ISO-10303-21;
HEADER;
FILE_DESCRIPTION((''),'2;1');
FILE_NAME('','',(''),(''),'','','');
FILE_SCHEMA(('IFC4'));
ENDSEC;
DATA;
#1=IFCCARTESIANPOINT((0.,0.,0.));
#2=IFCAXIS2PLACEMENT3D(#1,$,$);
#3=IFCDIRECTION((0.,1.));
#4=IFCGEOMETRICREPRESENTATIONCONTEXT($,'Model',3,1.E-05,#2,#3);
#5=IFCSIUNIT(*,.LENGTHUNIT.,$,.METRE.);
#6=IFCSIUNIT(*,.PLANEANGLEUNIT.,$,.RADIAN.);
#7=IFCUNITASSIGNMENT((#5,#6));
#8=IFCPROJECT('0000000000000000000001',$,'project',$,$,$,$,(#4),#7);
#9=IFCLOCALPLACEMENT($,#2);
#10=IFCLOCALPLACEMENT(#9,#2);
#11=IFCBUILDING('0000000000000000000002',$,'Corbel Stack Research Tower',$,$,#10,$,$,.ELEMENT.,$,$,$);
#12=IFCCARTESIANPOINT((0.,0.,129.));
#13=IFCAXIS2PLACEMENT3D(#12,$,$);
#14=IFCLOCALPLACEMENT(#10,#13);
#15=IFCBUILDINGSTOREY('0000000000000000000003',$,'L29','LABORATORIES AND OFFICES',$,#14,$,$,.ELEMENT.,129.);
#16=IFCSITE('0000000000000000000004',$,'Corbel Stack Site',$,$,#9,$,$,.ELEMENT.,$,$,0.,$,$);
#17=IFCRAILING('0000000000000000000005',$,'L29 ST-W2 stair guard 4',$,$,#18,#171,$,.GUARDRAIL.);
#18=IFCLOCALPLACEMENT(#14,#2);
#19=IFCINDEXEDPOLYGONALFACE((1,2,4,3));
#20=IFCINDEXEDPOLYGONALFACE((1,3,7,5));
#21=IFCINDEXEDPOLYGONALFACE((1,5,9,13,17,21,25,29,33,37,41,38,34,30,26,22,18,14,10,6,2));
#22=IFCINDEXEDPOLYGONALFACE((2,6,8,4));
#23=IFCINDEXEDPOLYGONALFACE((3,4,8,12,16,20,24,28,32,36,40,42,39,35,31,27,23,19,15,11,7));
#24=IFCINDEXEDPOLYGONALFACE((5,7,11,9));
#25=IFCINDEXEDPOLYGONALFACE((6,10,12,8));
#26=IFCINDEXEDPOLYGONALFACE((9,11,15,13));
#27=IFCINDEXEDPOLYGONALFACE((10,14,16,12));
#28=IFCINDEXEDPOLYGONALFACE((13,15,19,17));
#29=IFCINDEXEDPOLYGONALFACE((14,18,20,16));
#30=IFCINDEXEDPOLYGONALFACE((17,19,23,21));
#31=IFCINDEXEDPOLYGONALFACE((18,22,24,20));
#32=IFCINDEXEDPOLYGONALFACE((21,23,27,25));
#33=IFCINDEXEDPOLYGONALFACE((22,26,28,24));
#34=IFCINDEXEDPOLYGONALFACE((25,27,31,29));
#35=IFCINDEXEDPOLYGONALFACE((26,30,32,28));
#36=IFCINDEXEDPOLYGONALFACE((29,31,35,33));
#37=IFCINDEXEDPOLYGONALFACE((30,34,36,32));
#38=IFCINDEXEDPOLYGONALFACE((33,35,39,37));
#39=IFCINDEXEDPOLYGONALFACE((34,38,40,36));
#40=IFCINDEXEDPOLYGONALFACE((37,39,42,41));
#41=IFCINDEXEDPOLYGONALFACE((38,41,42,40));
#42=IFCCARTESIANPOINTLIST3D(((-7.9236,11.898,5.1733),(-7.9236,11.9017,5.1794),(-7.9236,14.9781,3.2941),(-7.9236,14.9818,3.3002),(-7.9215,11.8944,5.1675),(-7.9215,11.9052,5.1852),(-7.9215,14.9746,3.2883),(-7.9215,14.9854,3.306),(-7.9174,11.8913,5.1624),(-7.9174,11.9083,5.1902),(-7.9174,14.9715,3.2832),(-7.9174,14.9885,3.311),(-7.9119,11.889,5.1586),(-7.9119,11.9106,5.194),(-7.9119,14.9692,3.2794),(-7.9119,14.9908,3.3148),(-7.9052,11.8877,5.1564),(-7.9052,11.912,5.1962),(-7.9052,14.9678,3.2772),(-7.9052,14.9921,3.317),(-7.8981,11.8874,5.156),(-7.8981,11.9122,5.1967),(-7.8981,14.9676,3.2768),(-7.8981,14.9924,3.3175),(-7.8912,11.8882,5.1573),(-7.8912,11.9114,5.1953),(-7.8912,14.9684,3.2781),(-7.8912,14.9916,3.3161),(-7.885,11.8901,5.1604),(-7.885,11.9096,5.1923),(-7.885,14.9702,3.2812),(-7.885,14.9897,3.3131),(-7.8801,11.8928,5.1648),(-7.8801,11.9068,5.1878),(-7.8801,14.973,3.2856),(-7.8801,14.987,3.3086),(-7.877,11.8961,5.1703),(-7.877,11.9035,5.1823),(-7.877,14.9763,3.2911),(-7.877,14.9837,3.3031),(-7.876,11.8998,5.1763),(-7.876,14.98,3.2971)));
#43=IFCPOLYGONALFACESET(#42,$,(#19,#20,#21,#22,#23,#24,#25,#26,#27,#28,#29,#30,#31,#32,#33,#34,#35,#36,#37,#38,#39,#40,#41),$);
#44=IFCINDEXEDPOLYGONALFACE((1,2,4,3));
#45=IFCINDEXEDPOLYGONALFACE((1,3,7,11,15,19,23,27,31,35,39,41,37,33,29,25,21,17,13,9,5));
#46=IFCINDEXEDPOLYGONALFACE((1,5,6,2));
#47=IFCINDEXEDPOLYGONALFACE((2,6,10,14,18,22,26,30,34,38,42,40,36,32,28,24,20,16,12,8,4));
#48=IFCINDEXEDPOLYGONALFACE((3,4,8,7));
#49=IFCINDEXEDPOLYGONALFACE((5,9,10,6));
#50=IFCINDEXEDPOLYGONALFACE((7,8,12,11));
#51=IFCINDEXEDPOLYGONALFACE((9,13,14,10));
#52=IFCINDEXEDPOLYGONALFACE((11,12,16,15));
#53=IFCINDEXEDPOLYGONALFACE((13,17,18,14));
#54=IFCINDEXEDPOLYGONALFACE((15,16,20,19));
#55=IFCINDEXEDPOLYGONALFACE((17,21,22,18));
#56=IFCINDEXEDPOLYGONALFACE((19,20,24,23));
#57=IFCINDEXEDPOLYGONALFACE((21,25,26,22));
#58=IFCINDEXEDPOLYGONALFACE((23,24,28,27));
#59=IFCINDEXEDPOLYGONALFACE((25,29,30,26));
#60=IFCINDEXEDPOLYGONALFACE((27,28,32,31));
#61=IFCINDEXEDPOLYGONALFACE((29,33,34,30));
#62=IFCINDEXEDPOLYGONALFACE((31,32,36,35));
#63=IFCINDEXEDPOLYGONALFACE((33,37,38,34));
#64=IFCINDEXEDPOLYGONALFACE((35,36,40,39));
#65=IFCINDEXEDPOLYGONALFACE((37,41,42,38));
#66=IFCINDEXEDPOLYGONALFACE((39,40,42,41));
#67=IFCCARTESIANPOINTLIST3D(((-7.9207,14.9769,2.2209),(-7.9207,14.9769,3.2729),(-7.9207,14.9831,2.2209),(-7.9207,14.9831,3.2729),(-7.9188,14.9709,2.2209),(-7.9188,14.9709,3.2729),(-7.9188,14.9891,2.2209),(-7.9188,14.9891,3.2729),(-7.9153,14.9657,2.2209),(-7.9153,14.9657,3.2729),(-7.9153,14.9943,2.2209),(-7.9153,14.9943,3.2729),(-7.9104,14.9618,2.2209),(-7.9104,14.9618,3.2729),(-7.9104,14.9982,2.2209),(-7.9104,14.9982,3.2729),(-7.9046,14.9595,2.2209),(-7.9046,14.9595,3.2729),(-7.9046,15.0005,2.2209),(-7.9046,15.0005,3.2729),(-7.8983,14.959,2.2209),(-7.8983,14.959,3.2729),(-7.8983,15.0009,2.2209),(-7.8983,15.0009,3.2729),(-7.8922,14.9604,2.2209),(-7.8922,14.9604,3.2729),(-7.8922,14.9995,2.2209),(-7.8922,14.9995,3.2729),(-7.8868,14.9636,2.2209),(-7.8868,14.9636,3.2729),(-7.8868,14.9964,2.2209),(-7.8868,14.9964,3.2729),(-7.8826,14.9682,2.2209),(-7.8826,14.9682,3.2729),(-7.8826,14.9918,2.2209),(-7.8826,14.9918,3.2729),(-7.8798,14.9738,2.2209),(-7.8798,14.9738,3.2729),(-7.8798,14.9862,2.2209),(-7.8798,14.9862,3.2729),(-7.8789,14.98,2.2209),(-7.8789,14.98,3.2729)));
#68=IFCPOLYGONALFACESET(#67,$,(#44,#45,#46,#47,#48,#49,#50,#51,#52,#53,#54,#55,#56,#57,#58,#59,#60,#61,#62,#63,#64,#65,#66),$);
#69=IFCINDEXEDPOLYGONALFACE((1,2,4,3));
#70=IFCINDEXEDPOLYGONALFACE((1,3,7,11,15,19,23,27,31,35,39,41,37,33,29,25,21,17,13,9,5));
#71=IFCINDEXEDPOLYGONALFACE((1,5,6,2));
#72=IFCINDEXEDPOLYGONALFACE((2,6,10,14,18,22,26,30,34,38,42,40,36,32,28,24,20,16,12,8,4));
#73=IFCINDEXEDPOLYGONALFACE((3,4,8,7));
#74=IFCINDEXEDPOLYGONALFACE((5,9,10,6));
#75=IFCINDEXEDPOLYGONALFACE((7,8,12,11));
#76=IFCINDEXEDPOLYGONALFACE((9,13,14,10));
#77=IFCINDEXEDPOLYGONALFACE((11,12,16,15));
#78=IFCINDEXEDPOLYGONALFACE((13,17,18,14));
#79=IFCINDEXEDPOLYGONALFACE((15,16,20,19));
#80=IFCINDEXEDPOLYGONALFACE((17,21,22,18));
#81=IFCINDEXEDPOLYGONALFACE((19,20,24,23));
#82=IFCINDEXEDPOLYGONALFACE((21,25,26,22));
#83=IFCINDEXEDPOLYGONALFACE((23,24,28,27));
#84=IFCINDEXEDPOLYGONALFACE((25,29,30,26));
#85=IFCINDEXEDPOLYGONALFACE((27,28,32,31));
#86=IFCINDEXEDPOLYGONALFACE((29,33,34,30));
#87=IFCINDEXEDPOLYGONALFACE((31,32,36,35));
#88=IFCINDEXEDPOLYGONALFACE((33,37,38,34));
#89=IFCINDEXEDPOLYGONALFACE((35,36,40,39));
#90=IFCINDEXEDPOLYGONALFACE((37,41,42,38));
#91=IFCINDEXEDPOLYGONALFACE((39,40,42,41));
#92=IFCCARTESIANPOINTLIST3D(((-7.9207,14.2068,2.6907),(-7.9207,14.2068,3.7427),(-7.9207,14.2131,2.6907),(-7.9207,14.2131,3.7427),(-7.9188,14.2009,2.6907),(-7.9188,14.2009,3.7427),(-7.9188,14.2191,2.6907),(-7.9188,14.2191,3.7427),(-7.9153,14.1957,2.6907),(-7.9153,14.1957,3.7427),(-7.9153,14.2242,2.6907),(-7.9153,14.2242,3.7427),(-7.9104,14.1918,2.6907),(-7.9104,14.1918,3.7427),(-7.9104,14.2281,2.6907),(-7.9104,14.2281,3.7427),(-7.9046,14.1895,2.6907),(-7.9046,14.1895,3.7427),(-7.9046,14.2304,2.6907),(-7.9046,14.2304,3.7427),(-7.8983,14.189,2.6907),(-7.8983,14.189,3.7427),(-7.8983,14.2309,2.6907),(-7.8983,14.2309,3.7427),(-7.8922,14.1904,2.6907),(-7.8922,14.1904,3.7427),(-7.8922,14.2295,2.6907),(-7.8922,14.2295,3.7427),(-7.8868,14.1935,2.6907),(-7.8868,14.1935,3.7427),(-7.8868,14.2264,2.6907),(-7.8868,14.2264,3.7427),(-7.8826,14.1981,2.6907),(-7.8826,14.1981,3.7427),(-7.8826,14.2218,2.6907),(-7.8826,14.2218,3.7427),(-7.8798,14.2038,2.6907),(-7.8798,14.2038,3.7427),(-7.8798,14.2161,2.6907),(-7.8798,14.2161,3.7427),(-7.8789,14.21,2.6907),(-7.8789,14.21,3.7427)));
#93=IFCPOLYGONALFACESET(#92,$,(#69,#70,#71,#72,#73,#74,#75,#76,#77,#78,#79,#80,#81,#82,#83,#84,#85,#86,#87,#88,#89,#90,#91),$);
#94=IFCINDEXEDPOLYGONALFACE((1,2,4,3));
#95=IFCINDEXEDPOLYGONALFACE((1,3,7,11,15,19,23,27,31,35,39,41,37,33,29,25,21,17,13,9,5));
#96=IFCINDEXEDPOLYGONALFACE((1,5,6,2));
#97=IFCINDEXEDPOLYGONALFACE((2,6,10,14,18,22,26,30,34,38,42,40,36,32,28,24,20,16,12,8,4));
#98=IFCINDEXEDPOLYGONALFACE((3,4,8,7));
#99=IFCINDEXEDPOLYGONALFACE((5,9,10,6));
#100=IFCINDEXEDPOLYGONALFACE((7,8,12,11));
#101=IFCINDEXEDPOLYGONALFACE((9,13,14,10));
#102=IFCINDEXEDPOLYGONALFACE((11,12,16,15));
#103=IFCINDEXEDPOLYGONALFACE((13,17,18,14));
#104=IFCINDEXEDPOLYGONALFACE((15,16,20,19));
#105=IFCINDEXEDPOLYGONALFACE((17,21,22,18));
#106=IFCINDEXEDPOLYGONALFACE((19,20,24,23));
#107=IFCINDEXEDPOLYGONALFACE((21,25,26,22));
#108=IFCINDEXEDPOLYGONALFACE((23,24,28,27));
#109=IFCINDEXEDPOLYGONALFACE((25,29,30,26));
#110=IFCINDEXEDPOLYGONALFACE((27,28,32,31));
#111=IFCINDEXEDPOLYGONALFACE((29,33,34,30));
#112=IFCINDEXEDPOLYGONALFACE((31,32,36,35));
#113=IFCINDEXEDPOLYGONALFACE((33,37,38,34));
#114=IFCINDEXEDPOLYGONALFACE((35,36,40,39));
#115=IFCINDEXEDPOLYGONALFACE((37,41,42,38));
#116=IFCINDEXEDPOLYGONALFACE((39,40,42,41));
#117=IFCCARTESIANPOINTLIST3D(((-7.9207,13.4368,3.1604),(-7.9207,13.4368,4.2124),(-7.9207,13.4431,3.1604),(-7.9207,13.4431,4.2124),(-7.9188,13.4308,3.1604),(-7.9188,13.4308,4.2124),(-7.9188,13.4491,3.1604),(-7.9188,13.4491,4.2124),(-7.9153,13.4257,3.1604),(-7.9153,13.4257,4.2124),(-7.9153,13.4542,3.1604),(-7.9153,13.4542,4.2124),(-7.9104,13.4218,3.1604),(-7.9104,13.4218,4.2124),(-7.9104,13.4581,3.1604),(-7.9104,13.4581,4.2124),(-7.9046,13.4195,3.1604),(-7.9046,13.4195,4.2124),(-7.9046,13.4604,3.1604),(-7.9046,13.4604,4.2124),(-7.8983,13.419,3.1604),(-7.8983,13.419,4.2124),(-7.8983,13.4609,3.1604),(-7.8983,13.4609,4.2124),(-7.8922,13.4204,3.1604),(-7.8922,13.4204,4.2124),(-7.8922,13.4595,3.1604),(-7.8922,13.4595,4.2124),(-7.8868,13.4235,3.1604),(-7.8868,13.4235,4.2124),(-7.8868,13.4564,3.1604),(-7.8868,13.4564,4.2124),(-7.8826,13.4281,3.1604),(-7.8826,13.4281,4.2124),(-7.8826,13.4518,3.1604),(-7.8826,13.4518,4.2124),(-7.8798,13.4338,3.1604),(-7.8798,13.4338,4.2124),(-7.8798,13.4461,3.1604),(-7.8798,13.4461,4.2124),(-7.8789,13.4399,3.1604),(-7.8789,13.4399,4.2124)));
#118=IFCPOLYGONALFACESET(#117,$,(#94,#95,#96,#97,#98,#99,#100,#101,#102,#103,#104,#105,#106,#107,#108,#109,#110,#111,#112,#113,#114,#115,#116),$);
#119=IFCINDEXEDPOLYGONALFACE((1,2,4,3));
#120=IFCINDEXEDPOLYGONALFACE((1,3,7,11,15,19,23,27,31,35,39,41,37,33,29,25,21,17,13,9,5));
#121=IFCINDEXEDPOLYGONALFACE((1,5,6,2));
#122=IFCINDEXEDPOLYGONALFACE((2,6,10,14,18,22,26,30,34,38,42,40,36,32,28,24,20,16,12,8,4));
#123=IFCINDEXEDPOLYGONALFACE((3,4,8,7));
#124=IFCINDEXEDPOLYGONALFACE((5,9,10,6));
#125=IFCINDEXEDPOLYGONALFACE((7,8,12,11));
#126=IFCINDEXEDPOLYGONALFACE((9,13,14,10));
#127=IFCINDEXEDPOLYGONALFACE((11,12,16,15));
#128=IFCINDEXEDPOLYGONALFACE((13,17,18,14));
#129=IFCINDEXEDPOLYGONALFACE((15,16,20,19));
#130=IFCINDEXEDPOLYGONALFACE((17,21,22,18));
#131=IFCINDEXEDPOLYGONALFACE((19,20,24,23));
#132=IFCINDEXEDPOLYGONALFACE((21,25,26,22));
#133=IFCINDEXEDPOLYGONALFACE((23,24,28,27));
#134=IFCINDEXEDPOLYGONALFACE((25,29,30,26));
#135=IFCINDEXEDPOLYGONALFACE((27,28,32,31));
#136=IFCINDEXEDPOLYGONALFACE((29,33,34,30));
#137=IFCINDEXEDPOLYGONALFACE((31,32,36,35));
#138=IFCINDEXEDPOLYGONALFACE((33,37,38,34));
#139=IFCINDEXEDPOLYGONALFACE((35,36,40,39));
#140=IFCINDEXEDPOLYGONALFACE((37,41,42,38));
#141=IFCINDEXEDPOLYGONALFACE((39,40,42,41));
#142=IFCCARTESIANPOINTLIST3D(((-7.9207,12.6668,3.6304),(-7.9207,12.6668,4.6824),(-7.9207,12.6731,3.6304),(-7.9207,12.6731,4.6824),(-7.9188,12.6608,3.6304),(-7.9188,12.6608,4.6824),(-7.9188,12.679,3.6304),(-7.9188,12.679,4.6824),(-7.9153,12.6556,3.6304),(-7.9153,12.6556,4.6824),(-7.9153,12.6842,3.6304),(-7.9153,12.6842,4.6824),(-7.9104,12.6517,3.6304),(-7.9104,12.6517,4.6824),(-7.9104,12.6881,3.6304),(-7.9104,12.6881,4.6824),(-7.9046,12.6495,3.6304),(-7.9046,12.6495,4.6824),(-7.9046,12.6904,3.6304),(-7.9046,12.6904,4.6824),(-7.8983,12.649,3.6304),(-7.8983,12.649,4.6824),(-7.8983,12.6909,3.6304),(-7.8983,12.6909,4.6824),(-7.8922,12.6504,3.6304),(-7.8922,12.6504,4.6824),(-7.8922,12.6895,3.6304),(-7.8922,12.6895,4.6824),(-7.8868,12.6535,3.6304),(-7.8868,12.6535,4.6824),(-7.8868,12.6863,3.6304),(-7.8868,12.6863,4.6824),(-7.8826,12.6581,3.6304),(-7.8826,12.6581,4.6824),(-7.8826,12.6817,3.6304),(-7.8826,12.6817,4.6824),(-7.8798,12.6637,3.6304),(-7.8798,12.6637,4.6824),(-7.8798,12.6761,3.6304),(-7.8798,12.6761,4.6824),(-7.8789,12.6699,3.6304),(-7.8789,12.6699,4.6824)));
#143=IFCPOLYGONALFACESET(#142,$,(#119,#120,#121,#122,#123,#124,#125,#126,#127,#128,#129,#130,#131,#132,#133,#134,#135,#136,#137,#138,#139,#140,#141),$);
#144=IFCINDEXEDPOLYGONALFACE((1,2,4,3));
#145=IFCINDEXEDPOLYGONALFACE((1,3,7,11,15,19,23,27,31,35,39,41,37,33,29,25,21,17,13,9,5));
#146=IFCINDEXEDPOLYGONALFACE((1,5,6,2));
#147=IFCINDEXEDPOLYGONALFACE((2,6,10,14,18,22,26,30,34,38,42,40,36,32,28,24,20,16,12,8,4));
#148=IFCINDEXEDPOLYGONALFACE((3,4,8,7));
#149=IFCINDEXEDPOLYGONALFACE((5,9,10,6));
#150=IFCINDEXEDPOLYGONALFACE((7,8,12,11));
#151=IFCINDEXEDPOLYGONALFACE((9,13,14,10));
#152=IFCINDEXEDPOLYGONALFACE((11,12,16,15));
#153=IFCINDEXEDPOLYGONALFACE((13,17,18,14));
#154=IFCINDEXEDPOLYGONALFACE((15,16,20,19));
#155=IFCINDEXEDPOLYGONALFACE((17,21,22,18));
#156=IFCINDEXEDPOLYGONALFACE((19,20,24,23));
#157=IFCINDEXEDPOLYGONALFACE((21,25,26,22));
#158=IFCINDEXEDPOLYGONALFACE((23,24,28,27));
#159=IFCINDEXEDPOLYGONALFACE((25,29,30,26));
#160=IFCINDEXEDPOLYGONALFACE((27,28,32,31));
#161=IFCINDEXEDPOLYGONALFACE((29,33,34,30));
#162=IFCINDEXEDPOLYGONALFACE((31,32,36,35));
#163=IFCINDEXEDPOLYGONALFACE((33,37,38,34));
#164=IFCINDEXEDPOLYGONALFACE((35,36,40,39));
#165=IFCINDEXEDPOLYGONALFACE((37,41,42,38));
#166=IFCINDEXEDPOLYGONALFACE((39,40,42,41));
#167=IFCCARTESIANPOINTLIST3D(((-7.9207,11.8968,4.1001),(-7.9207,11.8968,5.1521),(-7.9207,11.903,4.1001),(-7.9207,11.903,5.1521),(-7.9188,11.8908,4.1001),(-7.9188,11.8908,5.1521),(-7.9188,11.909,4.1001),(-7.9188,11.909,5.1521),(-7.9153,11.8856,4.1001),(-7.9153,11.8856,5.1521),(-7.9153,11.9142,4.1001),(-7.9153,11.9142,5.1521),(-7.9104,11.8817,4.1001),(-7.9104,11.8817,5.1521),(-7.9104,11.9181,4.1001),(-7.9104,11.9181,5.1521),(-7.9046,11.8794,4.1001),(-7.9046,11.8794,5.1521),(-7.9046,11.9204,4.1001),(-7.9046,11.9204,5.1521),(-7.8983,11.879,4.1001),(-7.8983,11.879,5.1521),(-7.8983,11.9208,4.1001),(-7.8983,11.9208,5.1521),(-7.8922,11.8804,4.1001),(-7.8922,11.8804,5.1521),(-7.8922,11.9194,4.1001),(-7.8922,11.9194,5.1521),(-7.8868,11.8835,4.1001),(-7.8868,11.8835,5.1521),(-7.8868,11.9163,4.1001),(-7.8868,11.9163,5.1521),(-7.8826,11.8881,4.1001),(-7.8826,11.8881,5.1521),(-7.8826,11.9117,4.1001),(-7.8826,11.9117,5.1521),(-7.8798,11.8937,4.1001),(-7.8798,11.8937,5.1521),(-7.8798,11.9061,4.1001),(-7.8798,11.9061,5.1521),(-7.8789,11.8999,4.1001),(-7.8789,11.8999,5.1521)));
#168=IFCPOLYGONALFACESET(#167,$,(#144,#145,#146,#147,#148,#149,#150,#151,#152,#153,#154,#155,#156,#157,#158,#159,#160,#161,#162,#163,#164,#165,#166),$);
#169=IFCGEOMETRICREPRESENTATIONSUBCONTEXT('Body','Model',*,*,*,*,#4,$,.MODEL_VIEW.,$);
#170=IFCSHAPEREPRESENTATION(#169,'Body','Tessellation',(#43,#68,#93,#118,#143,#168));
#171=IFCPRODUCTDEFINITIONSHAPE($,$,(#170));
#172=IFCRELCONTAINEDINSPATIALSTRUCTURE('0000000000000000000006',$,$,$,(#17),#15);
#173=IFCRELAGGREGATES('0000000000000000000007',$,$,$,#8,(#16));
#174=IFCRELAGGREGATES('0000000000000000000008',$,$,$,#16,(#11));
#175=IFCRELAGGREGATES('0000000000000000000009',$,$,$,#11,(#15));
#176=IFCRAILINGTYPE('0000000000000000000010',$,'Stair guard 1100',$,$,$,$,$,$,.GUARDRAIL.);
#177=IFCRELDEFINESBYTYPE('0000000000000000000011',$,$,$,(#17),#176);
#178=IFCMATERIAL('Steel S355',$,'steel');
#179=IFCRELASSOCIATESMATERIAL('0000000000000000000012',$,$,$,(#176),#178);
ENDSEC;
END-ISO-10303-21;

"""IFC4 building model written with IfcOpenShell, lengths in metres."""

from ifc_helpers import new_model, si_unit, direction, frame, origin, origin_2d, place, context, subcontext, project, spatial, circle, extrude, material, type_object, element, save


model = new_model("IFC4")

# Units and contexts
model_context = context("Model", 3, precision=1e-05, world=origin(), true_north=direction((0.0, 1.0)))
body_context = subcontext(model_context, "Body", "Model", "MODEL_VIEW")
ifc_project = project(units=[si_unit("LENGTHUNIT", "METRE"), si_unit("PLANEANGLEUNIT", "RADIAN")], contexts=[model_context])

# Site, building, storey
site_placement = place(None, origin())
site = spatial("IfcSite", under=ifc_project, at=site_placement, Name="Corbel Stack Site", CompositionType="ELEMENT", RefElevation=0.0)
building_placement = place(site_placement, origin())
building = spatial("IfcBuilding", under=site, at=building_placement, Name="Corbel Stack Research Tower", CompositionType="ELEMENT")
storey_placement = place(building_placement, frame((0.0, 0.0, 129.0)))
storey = spatial("IfcBuildingStorey", under=building, at=storey_placement, Name="L29", Description="LABORATORIES AND OFFICES", CompositionType="ELEMENT", Elevation=129.0)

# Railing
ifc_material_1 = material(Name="Steel S355", Category="steel")
railing_type_1 = type_object("IfcRailingType", Name="Stair guard 1100", PredefinedType="GUARDRAIL", material=ifc_material_1)
railing_1_placement = place(storey_placement, frame((-7.8999, 14.98, 2.2209)))
element("IfcRailing", 1, at=railing_1_placement, inside=storey, type_object=railing_type_1, Name="L29 ST-W2 stair guard 4", PredefinedType="GUARDRAIL", context=body_context, shape_type="SweptSolid", body=[
    extrude(circle(Radius=0.0239, at=origin_2d()), frame((0.0, 0.0, 1.0762), z_axis=(0.0, -0.853666, 0.52082), x_axis=(1.0, 0.0, 0.0)), (0.0, 0.0, 1.0), 3.6082),
    extrude(circle(Radius=0.021, at=origin_2d()), origin(), (0.0, 0.0, 1.0), 1.052),
    extrude(circle(Radius=0.021, at=origin_2d()), frame((0.0, -0.77, 0.4697)), (0.0, 0.0, 1.0), 1.052),
    extrude(circle(Radius=0.021, at=origin_2d()), frame((0.0, -1.54, 0.9395)), (0.0, 0.0, 1.0), 1.052),
    extrude(circle(Radius=0.021, at=origin_2d()), frame((0.0, -2.3101, 1.4094)), (0.0, 0.0, 1.0), 1.052),
    extrude(circle(Radius=0.021, at=origin_2d()), frame((0.0, -3.0801, 1.8792)), (0.0, 0.0, 1.0), 1.052),
])

save(model, "model.ifc")
